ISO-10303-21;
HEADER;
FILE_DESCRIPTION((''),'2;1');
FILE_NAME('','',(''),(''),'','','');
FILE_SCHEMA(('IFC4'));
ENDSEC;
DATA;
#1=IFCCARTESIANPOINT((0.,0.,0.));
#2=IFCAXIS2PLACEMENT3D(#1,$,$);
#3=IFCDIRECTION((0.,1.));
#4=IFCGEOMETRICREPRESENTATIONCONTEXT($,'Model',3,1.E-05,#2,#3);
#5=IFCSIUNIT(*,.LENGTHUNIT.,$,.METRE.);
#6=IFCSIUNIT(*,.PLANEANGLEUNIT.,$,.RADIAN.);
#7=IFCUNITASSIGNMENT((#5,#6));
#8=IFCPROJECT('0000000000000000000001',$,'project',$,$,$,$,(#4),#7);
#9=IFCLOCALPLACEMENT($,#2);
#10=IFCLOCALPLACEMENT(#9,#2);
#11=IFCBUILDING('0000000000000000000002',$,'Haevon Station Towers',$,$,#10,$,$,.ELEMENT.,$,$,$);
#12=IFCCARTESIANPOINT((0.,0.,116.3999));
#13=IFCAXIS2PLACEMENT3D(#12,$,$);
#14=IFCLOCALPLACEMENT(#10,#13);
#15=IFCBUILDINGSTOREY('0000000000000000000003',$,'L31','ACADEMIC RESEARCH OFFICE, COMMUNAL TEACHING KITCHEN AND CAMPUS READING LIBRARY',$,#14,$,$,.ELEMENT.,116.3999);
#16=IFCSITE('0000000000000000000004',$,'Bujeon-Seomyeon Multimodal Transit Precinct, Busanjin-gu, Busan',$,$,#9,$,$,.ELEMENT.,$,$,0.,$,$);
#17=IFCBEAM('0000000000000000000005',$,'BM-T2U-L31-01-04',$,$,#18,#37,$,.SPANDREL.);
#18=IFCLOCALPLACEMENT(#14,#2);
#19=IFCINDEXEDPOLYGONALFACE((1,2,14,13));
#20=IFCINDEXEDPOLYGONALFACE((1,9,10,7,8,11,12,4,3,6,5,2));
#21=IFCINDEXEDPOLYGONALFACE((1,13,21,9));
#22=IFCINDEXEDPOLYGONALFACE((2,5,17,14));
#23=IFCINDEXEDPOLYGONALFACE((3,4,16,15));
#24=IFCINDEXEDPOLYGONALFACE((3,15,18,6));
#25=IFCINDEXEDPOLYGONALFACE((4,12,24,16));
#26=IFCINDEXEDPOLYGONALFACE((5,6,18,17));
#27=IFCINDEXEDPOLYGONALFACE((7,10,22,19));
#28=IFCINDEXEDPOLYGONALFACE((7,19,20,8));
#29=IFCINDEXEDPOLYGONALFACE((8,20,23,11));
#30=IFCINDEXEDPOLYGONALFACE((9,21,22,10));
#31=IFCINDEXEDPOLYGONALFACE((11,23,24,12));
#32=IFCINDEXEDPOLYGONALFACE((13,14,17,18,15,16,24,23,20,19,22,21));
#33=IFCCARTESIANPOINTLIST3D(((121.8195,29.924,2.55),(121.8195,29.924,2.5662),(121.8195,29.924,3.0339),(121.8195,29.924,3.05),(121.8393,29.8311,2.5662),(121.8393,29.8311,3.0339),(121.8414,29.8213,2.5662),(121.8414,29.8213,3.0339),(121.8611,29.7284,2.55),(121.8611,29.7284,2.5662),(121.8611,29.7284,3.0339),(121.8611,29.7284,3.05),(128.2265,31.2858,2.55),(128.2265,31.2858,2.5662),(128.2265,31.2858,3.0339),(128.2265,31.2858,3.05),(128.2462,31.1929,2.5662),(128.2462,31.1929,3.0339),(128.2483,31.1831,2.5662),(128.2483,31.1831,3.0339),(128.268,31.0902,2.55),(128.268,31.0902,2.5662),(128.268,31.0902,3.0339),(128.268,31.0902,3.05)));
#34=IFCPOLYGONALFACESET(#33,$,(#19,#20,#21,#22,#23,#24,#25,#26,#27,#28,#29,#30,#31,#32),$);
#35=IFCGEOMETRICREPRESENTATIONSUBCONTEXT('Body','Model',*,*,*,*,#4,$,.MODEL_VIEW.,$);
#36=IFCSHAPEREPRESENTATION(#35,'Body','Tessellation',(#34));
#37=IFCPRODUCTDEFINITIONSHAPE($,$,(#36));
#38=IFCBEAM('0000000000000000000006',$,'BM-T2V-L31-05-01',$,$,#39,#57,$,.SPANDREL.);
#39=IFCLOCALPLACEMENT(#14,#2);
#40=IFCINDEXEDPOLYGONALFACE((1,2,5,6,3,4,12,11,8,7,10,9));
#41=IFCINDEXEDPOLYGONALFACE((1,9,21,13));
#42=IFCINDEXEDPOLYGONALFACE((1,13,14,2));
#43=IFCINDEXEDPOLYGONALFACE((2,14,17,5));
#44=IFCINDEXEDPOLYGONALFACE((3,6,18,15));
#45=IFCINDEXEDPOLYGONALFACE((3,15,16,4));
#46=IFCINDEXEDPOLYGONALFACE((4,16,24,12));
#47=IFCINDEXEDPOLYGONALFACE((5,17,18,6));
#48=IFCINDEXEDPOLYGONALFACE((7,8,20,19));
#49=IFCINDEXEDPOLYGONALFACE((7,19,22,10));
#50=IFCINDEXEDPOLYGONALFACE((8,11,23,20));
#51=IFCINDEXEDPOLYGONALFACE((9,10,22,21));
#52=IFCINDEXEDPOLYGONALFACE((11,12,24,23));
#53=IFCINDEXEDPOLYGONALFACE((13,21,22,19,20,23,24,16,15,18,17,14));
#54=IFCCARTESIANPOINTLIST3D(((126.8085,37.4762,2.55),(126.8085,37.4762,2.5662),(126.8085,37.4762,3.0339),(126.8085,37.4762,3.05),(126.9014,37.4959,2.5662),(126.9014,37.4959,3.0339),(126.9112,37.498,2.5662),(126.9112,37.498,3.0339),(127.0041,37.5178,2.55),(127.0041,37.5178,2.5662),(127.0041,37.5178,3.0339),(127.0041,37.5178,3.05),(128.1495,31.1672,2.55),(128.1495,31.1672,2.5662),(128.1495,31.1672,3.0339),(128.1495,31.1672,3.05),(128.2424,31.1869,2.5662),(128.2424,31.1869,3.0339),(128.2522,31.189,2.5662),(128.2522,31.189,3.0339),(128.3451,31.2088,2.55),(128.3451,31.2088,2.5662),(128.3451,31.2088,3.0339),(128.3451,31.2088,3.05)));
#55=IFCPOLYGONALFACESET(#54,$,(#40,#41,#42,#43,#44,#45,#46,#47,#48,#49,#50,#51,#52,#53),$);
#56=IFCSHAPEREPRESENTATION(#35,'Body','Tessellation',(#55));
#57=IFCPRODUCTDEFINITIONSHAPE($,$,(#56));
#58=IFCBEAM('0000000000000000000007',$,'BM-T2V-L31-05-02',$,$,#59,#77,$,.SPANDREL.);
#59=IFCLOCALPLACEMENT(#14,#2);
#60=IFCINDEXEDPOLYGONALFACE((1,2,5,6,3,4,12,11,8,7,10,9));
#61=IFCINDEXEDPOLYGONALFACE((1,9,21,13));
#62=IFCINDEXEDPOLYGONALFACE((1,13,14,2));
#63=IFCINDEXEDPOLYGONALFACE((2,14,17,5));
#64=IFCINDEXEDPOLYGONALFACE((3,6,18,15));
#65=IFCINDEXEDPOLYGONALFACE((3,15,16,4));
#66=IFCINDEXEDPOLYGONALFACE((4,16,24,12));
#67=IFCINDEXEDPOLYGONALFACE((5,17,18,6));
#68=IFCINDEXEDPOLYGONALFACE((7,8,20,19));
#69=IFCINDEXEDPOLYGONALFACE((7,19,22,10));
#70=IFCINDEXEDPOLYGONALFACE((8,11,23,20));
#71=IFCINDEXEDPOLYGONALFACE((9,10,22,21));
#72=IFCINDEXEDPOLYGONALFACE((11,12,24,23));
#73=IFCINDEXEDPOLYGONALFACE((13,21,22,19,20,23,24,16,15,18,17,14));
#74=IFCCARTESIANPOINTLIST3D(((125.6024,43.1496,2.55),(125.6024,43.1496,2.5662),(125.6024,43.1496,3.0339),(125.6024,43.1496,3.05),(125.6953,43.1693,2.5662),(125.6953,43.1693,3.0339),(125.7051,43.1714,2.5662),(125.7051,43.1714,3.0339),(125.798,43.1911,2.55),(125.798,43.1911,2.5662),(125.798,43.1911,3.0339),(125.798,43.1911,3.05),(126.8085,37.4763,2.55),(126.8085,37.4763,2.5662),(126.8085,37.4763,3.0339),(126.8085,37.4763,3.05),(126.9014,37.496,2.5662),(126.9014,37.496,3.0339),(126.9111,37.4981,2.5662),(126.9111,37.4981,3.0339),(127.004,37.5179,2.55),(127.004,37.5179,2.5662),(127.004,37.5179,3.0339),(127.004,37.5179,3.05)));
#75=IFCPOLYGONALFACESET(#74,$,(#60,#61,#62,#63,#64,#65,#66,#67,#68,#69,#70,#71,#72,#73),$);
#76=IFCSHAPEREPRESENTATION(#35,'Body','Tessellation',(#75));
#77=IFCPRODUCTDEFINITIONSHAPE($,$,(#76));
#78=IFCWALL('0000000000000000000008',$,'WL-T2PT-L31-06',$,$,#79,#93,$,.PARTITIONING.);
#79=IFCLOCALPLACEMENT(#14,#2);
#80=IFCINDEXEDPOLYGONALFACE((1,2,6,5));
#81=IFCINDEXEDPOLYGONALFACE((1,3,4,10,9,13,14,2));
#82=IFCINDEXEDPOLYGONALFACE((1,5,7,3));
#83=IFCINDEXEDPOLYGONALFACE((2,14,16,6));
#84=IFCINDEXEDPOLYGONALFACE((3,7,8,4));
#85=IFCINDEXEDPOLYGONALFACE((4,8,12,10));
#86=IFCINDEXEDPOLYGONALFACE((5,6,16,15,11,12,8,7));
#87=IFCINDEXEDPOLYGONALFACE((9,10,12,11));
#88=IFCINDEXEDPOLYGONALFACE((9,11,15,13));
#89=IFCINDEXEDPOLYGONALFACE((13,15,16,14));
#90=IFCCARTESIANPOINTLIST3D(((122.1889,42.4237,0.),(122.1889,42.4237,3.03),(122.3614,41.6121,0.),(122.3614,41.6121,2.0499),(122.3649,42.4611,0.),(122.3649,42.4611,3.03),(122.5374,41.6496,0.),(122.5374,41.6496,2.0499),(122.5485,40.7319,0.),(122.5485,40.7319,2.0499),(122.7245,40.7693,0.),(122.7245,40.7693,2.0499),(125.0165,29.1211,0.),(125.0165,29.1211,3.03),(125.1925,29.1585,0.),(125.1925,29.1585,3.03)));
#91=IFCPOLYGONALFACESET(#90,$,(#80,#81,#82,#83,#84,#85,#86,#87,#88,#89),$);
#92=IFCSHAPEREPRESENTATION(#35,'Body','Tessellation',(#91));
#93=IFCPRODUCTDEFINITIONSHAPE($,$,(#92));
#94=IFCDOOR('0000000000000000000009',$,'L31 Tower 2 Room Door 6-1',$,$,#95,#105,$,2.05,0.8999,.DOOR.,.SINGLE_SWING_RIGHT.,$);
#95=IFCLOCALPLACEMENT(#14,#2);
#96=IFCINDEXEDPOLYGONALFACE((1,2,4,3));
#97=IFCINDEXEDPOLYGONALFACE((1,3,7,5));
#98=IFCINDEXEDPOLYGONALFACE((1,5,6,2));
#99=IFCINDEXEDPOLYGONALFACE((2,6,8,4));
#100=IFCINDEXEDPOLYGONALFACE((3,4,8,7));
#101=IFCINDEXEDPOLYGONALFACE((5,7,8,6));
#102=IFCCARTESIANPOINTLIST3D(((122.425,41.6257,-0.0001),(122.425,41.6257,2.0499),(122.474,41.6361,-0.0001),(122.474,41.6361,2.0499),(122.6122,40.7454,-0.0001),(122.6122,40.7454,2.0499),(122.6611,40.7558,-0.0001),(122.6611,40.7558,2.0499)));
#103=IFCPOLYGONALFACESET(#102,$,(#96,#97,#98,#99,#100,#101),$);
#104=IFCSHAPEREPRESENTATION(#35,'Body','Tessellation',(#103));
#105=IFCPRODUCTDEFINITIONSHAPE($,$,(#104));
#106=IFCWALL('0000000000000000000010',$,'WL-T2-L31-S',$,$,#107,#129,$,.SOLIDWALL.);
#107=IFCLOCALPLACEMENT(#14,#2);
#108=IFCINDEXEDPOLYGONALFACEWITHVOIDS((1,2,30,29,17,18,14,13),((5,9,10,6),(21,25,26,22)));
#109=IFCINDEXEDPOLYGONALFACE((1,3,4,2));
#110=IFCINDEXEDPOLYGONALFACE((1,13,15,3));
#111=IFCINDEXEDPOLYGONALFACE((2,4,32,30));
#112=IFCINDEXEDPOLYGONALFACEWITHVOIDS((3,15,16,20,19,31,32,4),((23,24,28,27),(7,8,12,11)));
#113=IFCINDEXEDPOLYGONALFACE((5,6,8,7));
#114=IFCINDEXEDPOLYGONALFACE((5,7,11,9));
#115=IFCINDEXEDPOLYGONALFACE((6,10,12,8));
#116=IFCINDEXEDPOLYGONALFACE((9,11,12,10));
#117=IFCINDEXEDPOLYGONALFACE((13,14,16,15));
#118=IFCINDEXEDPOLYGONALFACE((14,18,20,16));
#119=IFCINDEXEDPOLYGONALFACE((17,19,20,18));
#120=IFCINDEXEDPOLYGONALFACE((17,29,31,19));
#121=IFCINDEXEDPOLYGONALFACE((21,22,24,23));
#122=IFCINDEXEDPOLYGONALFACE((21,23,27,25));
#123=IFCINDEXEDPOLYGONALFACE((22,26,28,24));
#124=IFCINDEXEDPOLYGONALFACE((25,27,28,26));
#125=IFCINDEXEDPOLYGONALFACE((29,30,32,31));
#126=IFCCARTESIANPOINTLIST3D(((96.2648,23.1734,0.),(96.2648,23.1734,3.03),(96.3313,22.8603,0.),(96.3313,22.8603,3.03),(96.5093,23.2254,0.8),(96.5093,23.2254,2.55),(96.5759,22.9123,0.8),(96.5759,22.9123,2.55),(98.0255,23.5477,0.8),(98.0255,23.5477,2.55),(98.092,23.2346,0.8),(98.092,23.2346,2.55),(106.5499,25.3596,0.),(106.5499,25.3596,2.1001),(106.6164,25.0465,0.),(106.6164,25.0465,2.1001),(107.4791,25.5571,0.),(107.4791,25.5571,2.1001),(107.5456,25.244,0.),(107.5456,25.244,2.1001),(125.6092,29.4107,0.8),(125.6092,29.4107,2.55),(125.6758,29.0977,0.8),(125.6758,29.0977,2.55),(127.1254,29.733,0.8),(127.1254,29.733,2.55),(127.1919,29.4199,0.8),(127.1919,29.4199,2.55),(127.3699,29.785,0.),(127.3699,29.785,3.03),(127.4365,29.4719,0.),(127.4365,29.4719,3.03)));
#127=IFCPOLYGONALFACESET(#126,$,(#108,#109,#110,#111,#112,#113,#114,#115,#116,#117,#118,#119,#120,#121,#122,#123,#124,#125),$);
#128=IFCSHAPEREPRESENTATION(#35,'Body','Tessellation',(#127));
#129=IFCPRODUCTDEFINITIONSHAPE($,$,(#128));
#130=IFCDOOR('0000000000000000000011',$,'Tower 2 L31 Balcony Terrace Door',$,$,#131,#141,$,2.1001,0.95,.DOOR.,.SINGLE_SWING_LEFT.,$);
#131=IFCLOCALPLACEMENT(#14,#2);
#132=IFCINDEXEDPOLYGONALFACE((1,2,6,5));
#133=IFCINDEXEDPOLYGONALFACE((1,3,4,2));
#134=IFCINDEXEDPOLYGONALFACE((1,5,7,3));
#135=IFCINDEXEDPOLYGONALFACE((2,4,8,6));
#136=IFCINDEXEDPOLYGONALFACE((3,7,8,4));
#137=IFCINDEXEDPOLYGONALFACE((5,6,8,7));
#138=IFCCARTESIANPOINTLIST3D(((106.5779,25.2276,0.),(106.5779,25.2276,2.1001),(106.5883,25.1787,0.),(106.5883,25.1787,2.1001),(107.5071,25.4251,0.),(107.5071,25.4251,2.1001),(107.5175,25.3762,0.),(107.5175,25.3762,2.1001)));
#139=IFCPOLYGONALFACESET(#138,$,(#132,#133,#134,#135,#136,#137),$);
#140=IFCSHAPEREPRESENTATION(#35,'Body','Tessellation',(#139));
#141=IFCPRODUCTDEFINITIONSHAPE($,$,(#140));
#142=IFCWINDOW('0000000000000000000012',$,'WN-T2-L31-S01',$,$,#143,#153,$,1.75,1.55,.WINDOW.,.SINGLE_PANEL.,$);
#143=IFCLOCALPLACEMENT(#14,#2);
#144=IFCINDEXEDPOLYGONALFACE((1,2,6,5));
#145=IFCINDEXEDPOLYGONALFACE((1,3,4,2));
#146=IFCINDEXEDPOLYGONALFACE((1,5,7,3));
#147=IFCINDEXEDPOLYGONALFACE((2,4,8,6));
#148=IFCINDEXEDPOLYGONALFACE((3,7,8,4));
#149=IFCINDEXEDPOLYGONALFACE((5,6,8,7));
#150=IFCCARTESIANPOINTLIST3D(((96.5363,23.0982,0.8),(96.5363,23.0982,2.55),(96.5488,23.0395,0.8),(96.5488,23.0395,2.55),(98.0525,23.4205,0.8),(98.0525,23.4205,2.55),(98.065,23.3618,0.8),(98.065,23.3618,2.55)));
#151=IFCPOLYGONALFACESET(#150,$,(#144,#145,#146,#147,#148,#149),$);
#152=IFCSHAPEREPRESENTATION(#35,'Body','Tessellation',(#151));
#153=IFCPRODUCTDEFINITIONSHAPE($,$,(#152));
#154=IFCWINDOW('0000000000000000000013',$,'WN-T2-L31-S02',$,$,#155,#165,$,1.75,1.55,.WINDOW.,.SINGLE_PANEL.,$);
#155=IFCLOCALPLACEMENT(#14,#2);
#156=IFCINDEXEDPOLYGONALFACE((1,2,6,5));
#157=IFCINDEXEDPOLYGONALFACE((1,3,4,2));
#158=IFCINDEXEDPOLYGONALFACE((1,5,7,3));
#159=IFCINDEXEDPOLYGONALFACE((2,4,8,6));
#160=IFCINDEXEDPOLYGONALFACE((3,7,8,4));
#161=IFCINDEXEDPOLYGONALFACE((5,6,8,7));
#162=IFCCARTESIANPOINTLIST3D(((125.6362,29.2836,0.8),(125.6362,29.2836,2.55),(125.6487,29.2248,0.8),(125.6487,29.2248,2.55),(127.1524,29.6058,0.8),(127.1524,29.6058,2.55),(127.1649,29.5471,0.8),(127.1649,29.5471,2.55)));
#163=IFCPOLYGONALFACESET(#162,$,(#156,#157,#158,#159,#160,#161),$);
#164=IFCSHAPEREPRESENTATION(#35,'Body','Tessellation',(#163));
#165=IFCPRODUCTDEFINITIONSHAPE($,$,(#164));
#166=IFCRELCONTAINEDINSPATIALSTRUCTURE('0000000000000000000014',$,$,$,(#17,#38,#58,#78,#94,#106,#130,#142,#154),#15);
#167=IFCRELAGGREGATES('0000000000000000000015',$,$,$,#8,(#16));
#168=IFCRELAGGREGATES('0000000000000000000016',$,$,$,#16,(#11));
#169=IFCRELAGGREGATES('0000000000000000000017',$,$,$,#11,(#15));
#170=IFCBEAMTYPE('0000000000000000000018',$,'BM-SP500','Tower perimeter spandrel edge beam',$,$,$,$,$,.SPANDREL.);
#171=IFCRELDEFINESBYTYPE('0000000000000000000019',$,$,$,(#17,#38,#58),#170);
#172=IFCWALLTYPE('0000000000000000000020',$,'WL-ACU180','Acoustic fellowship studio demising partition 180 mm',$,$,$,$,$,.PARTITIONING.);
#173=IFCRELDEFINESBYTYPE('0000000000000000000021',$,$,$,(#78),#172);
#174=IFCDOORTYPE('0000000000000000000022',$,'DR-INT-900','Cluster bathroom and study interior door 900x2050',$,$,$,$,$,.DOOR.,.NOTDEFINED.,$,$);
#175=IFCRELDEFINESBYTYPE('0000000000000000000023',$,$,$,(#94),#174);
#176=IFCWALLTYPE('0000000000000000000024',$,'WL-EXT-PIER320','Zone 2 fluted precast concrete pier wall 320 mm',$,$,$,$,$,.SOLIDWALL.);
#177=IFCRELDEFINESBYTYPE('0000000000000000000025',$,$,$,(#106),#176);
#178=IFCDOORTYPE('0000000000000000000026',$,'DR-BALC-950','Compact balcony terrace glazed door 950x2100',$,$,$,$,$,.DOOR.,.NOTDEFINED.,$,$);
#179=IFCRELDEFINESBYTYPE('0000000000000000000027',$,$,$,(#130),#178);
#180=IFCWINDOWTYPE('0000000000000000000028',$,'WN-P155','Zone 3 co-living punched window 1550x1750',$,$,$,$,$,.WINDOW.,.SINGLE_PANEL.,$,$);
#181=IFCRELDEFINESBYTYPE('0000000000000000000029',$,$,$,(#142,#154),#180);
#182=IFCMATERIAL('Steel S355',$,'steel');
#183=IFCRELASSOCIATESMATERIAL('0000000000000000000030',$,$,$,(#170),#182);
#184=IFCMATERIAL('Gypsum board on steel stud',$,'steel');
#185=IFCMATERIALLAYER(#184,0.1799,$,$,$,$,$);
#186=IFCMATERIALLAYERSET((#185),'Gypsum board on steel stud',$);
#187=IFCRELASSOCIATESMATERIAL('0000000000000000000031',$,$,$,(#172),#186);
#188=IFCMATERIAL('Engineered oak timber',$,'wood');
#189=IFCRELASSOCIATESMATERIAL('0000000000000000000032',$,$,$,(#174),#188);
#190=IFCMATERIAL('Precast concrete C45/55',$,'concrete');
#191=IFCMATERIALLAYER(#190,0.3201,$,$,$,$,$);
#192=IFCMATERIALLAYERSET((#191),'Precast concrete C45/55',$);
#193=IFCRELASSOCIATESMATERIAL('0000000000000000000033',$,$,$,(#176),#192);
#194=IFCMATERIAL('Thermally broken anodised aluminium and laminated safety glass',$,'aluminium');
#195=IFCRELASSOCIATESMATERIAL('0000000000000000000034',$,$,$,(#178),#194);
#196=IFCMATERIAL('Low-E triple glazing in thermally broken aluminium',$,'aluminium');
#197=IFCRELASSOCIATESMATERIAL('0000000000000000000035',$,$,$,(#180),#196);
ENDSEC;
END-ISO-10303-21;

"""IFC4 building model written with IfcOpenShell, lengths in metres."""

from ifc_helpers import new_model, si_unit, direction, frame, frame_2d, origin, origin_2d, place, context, subcontext, project, spatial, rectangle, i_section, extrude, material, layer, layer_set, material_profile, profile_set, type_object, element, fill, save


model = new_model("IFC4")

# Units and contexts
model_context = context("Model", 3, precision=1e-05, world=origin(), true_north=direction((0.0, 1.0)))
body_context = subcontext(model_context, "Body", "Model", "MODEL_VIEW")
ifc_project = project(units=[si_unit("LENGTHUNIT", "METRE"), si_unit("PLANEANGLEUNIT", "RADIAN")], contexts=[model_context])

# Site, building, storey
site_placement = place(None, origin())
site = spatial("IfcSite", under=ifc_project, at=site_placement, Name="Bujeon-Seomyeon Multimodal Transit Precinct, Busanjin-gu, Busan", CompositionType="ELEMENT", RefElevation=0.0)
building_placement = place(site_placement, origin())
building = spatial("IfcBuilding", under=site, at=building_placement, Name="Haevon Station Towers", CompositionType="ELEMENT")
storey_placement = place(building_placement, frame((0.0, 0.0, 116.3999)))
storey = spatial("IfcBuildingStorey", under=building, at=storey_placement, Name="L31", Description="ACADEMIC RESEARCH OFFICE, COMMUNAL TEACHING KITCHEN AND CAMPUS READING LIBRARY", CompositionType="ELEMENT", Elevation=116.3999)

# Beams
ifc_material_1 = material(Name="Steel S355", Category="steel")
ifc_material_profile_1 = material_profile(ifc_material_1, i_section(OverallWidth=0.2, OverallDepth=0.5, WebThickness=0.01, FlangeThickness=0.0161, at=origin_2d()), Name="H-500x200x10x16")
ifc_profile_set_1 = profile_set([ifc_material_profile_1], Name="Steel S355")
beam_type_1 = type_object("IfcBeamType", Name="BM-SP500", Description="Tower perimeter spandrel edge beam", PredefinedType="SPANDREL", material=ifc_profile_set_1)
beam_1_placement = place(storey_placement, frame((121.8403, 29.8262, 2.8), z_axis=(0.978149, 0.207907, 0.0), x_axis=(-0.207907, 0.978149, 0.0)))
element("IfcBeam", 1, at=beam_1_placement, inside=storey, type_object=beam_type_1, Name="BM-T2U-L31-01-04", PredefinedType="SPANDREL", context=body_context, shape_type="SweptSolid", body=[
    extrude(i_section(OverallWidth=0.2, OverallDepth=0.5, WebThickness=0.01, FlangeThickness=0.0161, at=origin_2d()), origin(), (0.0, 0.0, 1.0), 6.55),
])
beam_2_placement = place(storey_placement, frame((128.2473, 31.188, 2.8), z_axis=(-0.207916, 0.978147, 0.0), x_axis=(-0.978147, -0.207916, 0.0)))
element("IfcBeam", 2, at=beam_2_placement, inside=storey, type_object=beam_type_1, Name="BM-T2V-L31-05-01", PredefinedType="SPANDREL", context=body_context, shape_type="SweptSolid", body=[
    extrude(i_section(OverallWidth=0.2, OverallDepth=0.5, WebThickness=0.01, FlangeThickness=0.0161, at=origin_2d()), origin(), (0.0, 0.0, 1.0), 6.45),
])
beam_3_placement = place(storey_placement, frame((126.9062, 37.4971, 2.8), z_axis=(-0.207936, 0.978142, 0.0), x_axis=(-0.978142, -0.207936, 0.0)))
element("IfcBeam", 3, at=beam_3_placement, inside=storey, type_object=beam_type_1, Name="BM-T2V-L31-05-02", PredefinedType="SPANDREL", context=body_context, shape_type="SweptSolid", body=[
    extrude(i_section(OverallWidth=0.2, OverallDepth=0.5, WebThickness=0.01, FlangeThickness=0.0161, at=origin_2d()), origin(), (0.0, 0.0, 1.0), 5.8),
])

# Wall, opening, door
ifc_material_2 = material(Name="Gypsum board on steel stud", Category="steel")
ifc_layer_1 = layer(ifc_material_2, 0.1799)
ifc_layer_set_1 = layer_set([ifc_layer_1], Name="Gypsum board on steel stud")
wall_type_1 = type_object("IfcWallType", Name="WL-ACU180", Description="Acoustic fellowship studio demising partition 180 mm", PredefinedType="PARTITIONING", material=ifc_layer_set_1)
wall_1_placement = place(storey_placement, frame((125.1045, 29.1399, 0.0), z_axis=(0.0, 0.0, 1.0), x_axis=(-0.207915, 0.978147, 0.0)))
wall_1 = element("IfcWall", 4, at=wall_1_placement, inside=storey, type_object=wall_type_1, Name="WL-T2PT-L31-06", PredefinedType="PARTITIONING", context=body_context, shape_type="SweptSolid", body=[
    extrude(rectangle(XDim=13.5999, YDim=0.1799, at=frame_2d((6.7998, 0.0))), origin(), (0.0, 0.0, 1.0), 3.03),
])
opening_1_placement = place(wall_1_placement, frame((11.8701, 0.0, 0.0)))
opening_1 = element("IfcOpeningElement", 5, at=opening_1_placement, cuts=wall_1, PredefinedType="OPENING", context=body_context, shape_type="SweptSolid", body=[
    extrude(rectangle(XDim=0.8999, YDim=2.05, at=frame_2d((0.45, 1.0249))), frame((0.0, 0.0999, 0.0), z_axis=(0.0, -1.0, 0.0), x_axis=(1.0, 0.0, 0.0)), (0.0, 0.0, 1.0), 0.2),
])
ifc_material_3 = material(Name="Engineered oak timber", Category="wood")
door_type_1 = type_object("IfcDoorType", Name="DR-INT-900", Description="Cluster bathroom and study interior door 900x2050", OperationType="NOTDEFINED", PredefinedType="DOOR", material=ifc_material_3)
door_1_placement = place(opening_1_placement, origin())
door_1 = element("IfcDoor", 6, at=door_1_placement, inside=storey, type_object=door_type_1, Name="L31 Tower 2 Room Door 6-1", OperationType="SINGLE_SWING_RIGHT", OverallHeight=2.05, OverallWidth=0.8999, PredefinedType="DOOR", context=body_context, shape_type="SweptSolid", body=[
    extrude(rectangle(XDim=0.8999, YDim=2.05, at=frame_2d((0.45, 1.0249))), frame((0.0, 0.0249, 0.0), z_axis=(0.0, -1.0, 0.0), x_axis=(1.0, 0.0, 0.0)), (0.0, 0.0, 1.0), 0.05),
])
fill(opening_1, door_1)

# Wall, openings, door, windows
ifc_material_4 = material(Name="Precast concrete C45/55", Category="concrete")
ifc_layer_2 = layer(ifc_material_4, 0.3201)
ifc_layer_set_2 = layer_set([ifc_layer_2], Name="Precast concrete C45/55")
wall_type_2 = type_object("IfcWallType", Name="WL-EXT-PIER320", Description="Zone 2 fluted precast concrete pier wall 320 mm", PredefinedType="SOLIDWALL", material=ifc_layer_set_2)
wall_2_placement = place(storey_placement, frame((127.4031, 29.6284, 0.0), z_axis=(0.0, 0.0, 1.0), x_axis=(-0.978148, -0.20791, 0.0)))
wall_2 = element("IfcWall", 7, at=wall_2_placement, inside=storey, type_object=wall_type_2, Name="WL-T2-L31-S", PredefinedType="SOLIDWALL", context=body_context, shape_type="SweptSolid", body=[
    extrude(rectangle(XDim=31.8, YDim=0.3201, at=frame_2d((15.8999, 0.0))), origin(), (0.0, 0.0, 1.0), 3.03),
])
opening_2_placement = place(wall_2_placement, frame((20.335, 0.0, 0.0)))
opening_2 = element("IfcOpeningElement", 8, at=opening_2_placement, cuts=wall_2, PredefinedType="OPENING", context=body_context, shape_type="SweptSolid", body=[
    extrude(rectangle(XDim=0.95, YDim=2.1001, at=frame_2d((0.4751, 1.05))), frame((0.0, 0.1699, 0.0), z_axis=(0.0, -1.0, 0.0), x_axis=(1.0, 0.0, 0.0)), (0.0, 0.0, 1.0), 0.3401),
])
opening_3_placement = place(wall_2_placement, frame((30.0, 0.0, 0.8)))
opening_3 = element("IfcOpeningElement", 9, at=opening_3_placement, cuts=wall_2, PredefinedType="OPENING", context=body_context, shape_type="SweptSolid", body=[
    extrude(rectangle(XDim=1.55, YDim=1.75, at=frame_2d((0.7749, 0.875))), frame((0.0, 0.1699, 0.0), z_axis=(0.0, -1.0, 0.0), x_axis=(1.0, 0.0, 0.0)), (0.0, 0.0, 1.0), 0.3401),
])
opening_4_placement = place(wall_2_placement, frame((0.25, 0.0, 0.8)))
opening_4 = element("IfcOpeningElement", 10, at=opening_4_placement, cuts=wall_2, PredefinedType="OPENING", context=body_context, shape_type="SweptSolid", body=[
    extrude(rectangle(XDim=1.55, YDim=1.75, at=frame_2d((0.7749, 0.875))), frame((0.0, 0.1699, 0.0), z_axis=(0.0, -1.0, 0.0), x_axis=(1.0, 0.0, 0.0)), (0.0, 0.0, 1.0), 0.3401),
])
ifc_material_5 = material(Name="Thermally broken anodised aluminium and laminated safety glass", Category="aluminium")
door_type_2 = type_object("IfcDoorType", Name="DR-BALC-950", Description="Compact balcony terrace glazed door 950x2100", OperationType="NOTDEFINED", PredefinedType="DOOR", material=ifc_material_5)
door_2_placement = place(opening_2_placement, origin())
door_2 = element("IfcDoor", 11, at=door_2_placement, inside=storey, type_object=door_type_2, Name="Tower 2 L31 Balcony Terrace Door", OperationType="SINGLE_SWING_LEFT", OverallHeight=2.1001, OverallWidth=0.95, PredefinedType="DOOR", context=body_context, shape_type="SweptSolid", body=[
    extrude(rectangle(XDim=0.95, YDim=2.1001, at=frame_2d((0.4751, 1.05))), frame((0.0, 0.0249, 0.0), z_axis=(0.0, -1.0, 0.0), x_axis=(1.0, 0.0, 0.0)), (0.0, 0.0, 1.0), 0.05),
])
fill(opening_2, door_2)
ifc_material_6 = material(Name="Low-E triple glazing in thermally broken aluminium", Category="aluminium")
window_type = type_object("IfcWindowType", Name="WN-P155", Description="Zone 3 co-living punched window 1550x1750", PartitioningType="SINGLE_PANEL", PredefinedType="WINDOW", material=ifc_material_6)
window_1_placement = place(opening_3_placement, origin())
window_1 = element("IfcWindow", 12, at=window_1_placement, inside=storey, type_object=window_type, Name="WN-T2-L31-S01", OverallHeight=1.75, OverallWidth=1.55, PartitioningType="SINGLE_PANEL", PredefinedType="WINDOW", context=body_context, shape_type="SweptSolid", body=[
    extrude(rectangle(XDim=1.55, YDim=1.75, at=frame_2d((0.7749, 0.875))), frame((0.0, 0.03, 0.0), z_axis=(0.0, -1.0, 0.0), x_axis=(1.0, 0.0, 0.0)), (0.0, 0.0, 1.0), 0.0601),
])
fill(opening_3, window_1)
window_2_placement = place(opening_4_placement, origin())
window_2 = element("IfcWindow", 13, at=window_2_placement, inside=storey, type_object=window_type, Name="WN-T2-L31-S02", OverallHeight=1.75, OverallWidth=1.55, PartitioningType="SINGLE_PANEL", PredefinedType="WINDOW", context=body_context, shape_type="SweptSolid", body=[
    extrude(rectangle(XDim=1.55, YDim=1.75, at=frame_2d((0.7749, 0.875))), frame((0.0, 0.03, 0.0), z_axis=(0.0, -1.0, 0.0), x_axis=(1.0, 0.0, 0.0)), (0.0, 0.0, 1.0), 0.0601),
])
fill(opening_4, window_2)

save(model, "model.ifc")
